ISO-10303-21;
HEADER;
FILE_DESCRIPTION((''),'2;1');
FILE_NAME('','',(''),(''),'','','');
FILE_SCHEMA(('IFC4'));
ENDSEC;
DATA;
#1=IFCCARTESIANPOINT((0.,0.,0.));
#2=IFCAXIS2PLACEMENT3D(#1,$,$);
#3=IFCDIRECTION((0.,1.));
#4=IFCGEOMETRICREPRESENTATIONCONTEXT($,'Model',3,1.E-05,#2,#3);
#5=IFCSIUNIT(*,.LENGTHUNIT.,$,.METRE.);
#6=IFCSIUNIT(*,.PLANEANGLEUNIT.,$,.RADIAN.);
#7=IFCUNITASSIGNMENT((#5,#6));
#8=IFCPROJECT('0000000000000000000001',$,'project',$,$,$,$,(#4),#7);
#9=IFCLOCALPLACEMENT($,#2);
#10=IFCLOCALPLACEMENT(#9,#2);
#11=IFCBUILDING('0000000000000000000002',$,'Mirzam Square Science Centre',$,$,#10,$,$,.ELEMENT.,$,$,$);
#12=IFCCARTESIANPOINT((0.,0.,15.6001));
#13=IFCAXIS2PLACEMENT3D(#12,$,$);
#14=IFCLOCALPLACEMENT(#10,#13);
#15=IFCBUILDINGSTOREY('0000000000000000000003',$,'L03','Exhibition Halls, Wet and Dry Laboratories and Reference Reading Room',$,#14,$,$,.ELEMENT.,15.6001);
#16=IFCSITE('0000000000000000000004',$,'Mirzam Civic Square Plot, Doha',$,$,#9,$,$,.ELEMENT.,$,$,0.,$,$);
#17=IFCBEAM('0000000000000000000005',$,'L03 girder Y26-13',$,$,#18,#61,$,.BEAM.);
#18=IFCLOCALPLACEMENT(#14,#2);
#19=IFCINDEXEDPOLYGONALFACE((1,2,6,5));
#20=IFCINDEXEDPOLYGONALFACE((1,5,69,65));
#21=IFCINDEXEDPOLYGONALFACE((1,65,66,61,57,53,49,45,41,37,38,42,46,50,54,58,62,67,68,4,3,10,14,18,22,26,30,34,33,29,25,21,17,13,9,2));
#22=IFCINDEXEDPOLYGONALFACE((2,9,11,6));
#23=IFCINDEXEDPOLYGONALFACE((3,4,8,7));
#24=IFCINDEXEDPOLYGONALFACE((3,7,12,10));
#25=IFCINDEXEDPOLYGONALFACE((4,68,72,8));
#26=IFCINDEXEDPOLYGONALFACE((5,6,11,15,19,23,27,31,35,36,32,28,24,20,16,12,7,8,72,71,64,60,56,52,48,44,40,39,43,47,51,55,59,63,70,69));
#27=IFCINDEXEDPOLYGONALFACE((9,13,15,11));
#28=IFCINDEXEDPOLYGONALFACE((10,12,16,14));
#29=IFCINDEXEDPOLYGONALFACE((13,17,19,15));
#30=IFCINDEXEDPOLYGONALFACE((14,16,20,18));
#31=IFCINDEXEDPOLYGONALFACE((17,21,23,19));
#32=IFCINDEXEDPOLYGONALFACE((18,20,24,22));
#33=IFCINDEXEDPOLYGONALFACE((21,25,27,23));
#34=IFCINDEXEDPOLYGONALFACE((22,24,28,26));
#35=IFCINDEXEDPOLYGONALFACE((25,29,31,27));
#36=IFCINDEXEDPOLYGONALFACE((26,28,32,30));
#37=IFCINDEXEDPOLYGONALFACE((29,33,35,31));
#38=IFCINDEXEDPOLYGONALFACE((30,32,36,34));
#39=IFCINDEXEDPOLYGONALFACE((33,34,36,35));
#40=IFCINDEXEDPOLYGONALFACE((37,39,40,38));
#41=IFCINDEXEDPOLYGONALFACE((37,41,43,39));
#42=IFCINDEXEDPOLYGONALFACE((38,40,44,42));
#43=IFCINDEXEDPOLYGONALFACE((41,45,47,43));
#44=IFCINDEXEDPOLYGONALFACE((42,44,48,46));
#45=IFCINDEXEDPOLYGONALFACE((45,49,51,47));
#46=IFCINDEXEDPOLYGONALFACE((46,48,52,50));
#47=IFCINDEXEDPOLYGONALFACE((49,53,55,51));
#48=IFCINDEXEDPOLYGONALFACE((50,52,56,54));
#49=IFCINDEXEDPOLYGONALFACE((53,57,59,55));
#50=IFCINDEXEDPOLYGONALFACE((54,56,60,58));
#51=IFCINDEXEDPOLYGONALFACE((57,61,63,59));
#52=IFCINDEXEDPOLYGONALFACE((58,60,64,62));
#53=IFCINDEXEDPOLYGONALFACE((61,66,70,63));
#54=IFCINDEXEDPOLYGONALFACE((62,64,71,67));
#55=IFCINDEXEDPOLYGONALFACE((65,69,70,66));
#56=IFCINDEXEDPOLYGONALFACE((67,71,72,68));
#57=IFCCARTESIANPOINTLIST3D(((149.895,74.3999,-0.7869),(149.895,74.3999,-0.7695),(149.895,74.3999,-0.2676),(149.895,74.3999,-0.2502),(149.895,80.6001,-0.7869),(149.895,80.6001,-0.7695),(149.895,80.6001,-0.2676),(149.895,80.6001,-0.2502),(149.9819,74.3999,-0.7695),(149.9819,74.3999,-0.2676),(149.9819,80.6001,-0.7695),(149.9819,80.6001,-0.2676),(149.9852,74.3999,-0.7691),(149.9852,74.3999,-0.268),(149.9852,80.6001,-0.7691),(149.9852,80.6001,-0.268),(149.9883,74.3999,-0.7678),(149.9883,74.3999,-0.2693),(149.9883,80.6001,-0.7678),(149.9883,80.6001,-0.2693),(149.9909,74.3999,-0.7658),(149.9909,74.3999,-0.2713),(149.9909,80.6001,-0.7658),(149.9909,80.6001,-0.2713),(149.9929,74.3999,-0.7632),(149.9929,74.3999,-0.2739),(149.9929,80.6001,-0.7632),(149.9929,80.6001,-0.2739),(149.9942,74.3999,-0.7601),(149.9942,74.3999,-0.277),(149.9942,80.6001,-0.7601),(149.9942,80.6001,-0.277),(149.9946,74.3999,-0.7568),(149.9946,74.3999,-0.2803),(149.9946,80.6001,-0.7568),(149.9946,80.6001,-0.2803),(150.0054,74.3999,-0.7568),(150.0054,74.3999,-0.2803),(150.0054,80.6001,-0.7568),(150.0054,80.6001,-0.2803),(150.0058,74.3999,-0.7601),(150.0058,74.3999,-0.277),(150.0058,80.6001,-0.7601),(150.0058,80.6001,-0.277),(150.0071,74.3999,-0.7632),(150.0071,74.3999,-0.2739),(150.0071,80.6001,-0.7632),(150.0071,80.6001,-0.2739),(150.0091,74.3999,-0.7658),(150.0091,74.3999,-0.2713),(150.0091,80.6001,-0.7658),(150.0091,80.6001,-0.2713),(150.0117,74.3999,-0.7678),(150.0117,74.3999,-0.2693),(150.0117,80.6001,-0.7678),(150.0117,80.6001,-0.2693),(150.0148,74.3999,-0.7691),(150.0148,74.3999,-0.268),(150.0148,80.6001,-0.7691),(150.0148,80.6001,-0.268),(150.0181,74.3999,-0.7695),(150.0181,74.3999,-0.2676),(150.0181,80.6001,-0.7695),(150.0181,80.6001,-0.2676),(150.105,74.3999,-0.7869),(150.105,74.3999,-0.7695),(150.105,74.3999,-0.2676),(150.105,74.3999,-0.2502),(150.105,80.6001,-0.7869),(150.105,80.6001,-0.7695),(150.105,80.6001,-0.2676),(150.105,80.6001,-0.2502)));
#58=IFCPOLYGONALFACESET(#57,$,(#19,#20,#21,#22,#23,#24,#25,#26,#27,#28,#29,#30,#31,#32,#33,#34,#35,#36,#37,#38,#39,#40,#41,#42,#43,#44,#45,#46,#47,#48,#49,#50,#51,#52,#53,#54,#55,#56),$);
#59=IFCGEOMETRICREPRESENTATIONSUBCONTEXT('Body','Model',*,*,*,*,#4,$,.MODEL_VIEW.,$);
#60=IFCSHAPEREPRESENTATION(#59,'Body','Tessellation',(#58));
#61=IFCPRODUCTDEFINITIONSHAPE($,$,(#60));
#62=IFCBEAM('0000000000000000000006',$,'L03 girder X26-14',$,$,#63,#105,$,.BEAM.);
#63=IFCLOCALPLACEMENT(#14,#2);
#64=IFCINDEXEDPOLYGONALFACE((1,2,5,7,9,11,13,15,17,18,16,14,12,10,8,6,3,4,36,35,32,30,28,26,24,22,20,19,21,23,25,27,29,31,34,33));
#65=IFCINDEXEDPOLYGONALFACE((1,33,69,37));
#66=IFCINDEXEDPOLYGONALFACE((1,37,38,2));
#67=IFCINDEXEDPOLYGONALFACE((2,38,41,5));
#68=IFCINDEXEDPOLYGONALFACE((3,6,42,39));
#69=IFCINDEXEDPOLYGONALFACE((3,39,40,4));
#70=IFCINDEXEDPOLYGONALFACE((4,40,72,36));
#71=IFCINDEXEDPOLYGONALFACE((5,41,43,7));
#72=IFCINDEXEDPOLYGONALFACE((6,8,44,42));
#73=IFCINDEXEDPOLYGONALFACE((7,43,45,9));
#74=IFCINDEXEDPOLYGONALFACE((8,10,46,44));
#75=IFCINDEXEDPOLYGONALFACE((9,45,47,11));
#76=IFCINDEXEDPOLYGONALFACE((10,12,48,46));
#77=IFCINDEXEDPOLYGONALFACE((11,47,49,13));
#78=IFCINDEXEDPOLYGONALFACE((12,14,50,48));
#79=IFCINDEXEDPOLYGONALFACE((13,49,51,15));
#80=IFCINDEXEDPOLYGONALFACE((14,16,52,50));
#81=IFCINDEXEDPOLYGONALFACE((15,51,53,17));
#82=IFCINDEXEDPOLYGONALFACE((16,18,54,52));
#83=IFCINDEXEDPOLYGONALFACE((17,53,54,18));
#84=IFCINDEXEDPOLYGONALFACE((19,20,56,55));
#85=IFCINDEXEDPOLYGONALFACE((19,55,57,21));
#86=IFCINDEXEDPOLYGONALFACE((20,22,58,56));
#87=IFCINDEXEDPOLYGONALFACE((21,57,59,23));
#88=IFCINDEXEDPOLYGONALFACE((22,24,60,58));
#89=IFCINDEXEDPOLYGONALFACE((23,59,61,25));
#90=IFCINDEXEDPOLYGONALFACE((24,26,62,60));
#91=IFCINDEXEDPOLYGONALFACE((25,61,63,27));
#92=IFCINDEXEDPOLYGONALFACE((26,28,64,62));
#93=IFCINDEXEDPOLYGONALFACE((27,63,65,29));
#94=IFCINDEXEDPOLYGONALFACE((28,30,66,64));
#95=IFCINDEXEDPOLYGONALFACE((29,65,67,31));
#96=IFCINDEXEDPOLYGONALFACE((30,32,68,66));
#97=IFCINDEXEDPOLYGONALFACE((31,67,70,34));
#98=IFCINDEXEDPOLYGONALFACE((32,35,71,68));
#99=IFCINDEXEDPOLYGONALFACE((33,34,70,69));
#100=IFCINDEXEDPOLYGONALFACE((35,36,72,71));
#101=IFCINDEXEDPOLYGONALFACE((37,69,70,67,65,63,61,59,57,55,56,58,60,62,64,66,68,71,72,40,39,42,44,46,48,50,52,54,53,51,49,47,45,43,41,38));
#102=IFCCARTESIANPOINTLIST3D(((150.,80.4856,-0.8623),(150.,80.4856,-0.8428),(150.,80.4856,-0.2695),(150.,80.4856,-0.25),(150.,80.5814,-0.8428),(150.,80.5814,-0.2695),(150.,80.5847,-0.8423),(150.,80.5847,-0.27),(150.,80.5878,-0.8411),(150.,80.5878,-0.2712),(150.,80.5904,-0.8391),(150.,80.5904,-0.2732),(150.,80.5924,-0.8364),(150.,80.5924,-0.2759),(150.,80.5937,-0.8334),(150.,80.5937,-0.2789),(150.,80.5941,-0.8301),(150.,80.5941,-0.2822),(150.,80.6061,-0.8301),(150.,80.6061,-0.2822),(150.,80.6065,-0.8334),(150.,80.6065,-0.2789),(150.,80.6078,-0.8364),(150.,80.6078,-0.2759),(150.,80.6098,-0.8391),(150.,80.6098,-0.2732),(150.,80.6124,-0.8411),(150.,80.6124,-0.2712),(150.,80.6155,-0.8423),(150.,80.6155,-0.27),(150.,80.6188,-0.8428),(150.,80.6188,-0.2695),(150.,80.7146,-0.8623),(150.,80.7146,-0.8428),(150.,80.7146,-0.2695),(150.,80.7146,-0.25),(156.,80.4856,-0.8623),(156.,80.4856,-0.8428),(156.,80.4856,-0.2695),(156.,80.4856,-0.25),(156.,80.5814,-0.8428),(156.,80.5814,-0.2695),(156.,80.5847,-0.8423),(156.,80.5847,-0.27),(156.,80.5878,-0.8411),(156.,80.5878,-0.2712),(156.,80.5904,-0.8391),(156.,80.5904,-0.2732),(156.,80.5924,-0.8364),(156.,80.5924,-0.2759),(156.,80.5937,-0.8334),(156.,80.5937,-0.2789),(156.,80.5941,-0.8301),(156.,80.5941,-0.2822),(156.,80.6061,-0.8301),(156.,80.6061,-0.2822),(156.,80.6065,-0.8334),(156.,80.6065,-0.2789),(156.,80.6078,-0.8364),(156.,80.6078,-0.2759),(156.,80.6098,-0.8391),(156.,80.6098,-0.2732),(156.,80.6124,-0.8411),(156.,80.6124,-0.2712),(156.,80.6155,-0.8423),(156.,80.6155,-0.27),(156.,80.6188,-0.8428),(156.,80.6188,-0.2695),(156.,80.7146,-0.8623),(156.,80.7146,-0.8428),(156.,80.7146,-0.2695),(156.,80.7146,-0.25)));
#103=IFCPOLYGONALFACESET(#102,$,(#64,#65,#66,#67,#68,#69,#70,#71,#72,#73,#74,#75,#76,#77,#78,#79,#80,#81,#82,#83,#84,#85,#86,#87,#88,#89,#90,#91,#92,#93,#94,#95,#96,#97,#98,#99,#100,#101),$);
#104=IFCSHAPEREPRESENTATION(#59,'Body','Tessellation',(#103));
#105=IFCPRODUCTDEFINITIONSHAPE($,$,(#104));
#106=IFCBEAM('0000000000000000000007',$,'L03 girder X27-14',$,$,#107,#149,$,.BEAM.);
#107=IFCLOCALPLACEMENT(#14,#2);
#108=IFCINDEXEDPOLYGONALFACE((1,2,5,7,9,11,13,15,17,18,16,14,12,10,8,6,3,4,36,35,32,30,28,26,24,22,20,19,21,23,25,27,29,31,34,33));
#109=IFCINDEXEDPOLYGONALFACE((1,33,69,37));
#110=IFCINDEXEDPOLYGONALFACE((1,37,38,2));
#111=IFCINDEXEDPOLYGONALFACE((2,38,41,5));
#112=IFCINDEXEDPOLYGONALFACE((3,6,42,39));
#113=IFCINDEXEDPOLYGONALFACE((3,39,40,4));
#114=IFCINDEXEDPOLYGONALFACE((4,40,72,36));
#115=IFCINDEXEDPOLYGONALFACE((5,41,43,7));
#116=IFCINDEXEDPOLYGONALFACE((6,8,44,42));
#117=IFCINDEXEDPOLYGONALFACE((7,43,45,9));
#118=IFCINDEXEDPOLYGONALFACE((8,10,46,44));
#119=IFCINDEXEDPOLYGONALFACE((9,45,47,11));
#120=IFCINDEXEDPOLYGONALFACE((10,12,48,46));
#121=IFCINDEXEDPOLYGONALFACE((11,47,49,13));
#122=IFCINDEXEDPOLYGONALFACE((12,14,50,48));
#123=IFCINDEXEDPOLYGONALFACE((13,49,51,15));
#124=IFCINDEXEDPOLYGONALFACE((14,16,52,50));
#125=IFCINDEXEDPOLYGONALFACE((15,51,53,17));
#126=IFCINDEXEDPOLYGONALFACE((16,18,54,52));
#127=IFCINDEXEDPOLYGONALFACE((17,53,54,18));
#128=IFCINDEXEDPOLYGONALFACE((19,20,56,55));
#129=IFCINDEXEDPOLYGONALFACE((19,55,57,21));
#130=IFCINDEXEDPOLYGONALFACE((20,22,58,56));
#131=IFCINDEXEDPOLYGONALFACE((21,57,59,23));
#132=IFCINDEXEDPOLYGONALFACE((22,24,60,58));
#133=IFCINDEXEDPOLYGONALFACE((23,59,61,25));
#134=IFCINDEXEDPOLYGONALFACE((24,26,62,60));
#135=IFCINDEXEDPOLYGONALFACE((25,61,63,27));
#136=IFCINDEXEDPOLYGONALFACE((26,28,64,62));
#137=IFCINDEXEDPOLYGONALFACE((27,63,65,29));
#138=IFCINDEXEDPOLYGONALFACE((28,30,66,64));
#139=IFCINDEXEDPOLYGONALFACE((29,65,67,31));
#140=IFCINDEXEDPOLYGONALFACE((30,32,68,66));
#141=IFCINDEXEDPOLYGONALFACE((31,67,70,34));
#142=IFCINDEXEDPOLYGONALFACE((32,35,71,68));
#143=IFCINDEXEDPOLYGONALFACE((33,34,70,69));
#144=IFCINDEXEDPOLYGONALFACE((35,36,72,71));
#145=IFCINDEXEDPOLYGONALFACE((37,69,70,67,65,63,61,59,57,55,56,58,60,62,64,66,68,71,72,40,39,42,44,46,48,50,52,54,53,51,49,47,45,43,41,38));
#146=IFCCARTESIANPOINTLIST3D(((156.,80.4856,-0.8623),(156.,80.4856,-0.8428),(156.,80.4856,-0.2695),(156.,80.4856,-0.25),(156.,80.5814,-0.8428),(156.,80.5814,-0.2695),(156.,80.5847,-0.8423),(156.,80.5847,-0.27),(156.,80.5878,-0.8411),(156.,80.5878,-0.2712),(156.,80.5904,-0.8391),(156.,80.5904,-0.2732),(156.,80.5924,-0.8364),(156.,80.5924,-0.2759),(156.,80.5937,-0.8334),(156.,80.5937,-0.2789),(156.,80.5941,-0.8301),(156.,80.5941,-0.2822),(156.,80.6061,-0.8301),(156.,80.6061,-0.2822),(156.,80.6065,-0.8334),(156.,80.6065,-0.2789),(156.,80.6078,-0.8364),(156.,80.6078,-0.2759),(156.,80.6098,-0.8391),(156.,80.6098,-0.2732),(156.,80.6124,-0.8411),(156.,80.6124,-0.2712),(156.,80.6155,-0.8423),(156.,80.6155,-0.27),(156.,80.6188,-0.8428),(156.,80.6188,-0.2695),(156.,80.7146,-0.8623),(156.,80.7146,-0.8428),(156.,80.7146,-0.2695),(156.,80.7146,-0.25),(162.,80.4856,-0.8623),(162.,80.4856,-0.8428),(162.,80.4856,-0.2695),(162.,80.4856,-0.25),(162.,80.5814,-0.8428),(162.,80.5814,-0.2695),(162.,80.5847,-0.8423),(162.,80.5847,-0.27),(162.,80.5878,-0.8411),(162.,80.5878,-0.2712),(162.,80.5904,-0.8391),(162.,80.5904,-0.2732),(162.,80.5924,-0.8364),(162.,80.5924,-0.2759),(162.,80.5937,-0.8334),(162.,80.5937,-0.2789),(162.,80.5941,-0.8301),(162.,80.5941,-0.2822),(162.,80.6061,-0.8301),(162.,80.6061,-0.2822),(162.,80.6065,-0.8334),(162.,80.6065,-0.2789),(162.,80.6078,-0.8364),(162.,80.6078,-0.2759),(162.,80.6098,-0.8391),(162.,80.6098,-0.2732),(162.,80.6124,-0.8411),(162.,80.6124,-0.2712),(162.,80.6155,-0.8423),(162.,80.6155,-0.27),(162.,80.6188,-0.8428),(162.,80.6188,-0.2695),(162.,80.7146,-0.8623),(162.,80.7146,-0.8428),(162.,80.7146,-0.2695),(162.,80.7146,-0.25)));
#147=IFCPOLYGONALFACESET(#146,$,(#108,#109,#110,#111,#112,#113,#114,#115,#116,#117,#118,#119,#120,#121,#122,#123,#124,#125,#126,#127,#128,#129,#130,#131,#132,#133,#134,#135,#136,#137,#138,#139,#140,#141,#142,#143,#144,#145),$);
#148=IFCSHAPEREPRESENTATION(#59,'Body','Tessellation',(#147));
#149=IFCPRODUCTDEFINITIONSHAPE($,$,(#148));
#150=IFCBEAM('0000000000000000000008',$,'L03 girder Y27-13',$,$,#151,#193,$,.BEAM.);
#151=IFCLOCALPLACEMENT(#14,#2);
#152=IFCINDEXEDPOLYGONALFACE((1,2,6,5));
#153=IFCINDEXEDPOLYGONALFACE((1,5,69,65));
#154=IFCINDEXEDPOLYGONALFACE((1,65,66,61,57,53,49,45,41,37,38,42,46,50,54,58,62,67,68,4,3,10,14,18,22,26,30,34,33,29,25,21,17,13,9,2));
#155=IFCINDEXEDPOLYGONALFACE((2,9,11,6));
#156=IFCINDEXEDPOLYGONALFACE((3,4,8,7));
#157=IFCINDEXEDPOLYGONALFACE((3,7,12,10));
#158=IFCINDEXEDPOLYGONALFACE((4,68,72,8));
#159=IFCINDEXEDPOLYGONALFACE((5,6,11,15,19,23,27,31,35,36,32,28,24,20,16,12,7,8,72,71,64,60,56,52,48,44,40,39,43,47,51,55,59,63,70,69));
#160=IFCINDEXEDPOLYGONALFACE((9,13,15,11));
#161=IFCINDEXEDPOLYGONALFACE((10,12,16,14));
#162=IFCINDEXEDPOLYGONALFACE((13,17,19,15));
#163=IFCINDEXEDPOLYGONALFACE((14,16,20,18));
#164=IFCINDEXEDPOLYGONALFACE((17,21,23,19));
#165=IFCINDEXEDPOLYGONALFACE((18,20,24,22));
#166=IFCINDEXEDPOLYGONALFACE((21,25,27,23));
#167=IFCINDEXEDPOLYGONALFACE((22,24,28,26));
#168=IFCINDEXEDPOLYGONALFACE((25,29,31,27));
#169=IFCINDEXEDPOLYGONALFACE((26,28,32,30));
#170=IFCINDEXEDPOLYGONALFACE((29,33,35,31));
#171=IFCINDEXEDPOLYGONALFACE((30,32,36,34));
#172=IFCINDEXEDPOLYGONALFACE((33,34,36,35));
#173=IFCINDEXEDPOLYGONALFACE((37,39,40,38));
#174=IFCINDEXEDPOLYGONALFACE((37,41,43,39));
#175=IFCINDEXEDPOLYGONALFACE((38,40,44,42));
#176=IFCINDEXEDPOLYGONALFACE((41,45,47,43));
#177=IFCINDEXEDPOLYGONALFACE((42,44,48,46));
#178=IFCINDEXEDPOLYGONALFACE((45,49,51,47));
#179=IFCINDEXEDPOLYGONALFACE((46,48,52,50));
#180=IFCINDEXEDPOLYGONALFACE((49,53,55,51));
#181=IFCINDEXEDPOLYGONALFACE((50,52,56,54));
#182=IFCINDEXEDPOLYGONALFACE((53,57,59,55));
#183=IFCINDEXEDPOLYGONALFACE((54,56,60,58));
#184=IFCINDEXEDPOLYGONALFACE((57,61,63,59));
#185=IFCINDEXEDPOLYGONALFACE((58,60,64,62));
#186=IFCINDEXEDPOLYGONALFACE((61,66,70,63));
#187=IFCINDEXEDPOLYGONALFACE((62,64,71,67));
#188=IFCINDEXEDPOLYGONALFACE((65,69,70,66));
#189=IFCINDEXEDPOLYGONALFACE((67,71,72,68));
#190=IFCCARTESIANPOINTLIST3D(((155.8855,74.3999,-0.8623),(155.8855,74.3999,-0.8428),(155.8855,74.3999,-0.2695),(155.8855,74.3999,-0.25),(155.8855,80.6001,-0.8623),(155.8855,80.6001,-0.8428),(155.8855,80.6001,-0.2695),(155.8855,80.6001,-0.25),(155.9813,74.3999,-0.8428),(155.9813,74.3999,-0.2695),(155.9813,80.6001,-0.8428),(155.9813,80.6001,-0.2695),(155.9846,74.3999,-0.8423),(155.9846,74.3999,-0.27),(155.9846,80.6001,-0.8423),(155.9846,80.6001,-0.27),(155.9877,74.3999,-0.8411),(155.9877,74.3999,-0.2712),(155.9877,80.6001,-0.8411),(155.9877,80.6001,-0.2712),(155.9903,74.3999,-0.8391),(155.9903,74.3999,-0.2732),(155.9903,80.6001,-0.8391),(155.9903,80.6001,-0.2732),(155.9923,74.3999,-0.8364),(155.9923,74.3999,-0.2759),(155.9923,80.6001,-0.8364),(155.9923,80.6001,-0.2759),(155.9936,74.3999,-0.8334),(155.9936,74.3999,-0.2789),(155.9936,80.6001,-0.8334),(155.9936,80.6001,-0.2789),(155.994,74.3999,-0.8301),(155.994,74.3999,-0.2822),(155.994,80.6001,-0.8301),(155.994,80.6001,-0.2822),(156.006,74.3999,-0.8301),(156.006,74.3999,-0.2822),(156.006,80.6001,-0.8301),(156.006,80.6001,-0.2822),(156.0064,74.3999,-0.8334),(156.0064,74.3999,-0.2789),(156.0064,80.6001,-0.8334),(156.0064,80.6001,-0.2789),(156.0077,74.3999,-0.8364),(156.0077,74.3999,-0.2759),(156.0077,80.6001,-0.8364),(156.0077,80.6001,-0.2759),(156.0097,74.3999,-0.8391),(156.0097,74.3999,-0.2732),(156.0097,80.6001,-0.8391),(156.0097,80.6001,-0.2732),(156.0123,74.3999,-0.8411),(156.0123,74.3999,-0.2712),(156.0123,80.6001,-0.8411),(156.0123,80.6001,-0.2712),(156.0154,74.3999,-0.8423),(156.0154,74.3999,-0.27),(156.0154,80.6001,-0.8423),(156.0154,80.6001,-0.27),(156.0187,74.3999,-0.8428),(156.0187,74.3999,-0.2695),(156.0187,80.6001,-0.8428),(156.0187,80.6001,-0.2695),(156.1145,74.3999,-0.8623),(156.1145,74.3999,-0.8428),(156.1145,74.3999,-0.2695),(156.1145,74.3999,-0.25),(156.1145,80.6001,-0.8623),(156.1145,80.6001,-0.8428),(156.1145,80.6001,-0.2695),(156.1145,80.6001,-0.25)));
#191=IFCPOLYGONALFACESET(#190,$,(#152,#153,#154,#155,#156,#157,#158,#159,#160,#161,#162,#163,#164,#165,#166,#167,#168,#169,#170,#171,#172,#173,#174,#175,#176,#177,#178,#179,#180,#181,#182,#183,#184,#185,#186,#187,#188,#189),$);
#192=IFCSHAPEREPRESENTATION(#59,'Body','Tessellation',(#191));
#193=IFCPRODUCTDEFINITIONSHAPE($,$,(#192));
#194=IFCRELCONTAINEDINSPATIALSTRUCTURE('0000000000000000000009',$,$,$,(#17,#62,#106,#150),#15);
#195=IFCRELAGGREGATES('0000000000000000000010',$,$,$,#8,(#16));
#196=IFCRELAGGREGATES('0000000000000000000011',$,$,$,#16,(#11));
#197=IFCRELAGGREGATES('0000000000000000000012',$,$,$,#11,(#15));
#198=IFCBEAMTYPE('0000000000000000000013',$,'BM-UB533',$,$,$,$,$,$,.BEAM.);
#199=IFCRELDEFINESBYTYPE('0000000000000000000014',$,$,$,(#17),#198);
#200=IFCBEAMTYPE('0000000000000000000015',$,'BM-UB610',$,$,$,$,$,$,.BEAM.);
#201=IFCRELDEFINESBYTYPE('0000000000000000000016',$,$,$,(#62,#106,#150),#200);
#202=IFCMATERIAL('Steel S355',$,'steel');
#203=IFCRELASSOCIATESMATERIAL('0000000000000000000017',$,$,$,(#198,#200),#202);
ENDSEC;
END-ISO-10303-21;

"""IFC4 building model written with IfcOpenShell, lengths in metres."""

from ifc_helpers import new_model, si_unit, direction, frame, origin, origin_2d, place, context, subcontext, project, spatial, i_section, extrude, material, material_profile, profile_set, type_object, element, save


model = new_model("IFC4")

# Units and contexts
model_context = context("Model", 3, precision=1e-05, world=origin(), true_north=direction((0.0, 1.0)))
body_context = subcontext(model_context, "Body", "Model", "MODEL_VIEW")
ifc_project = project(units=[si_unit("LENGTHUNIT", "METRE"), si_unit("PLANEANGLEUNIT", "RADIAN")], contexts=[model_context])

# Site, building, storey
site_placement = place(None, origin())
site = spatial("IfcSite", under=ifc_project, at=site_placement, Name="Mirzam Civic Square Plot, Doha", CompositionType="ELEMENT", RefElevation=0.0)
building_placement = place(site_placement, origin())
building = spatial("IfcBuilding", under=site, at=building_placement, Name="Mirzam Square Science Centre", CompositionType="ELEMENT")
storey_placement = place(building_placement, frame((0.0, 0.0, 15.6001)))
storey = spatial("IfcBuildingStorey", under=building, at=storey_placement, Name="L03", Description="Exhibition Halls, Wet and Dry Laboratories and Reference Reading Room", CompositionType="ELEMENT", Elevation=15.6001)

# Shared definitions
ifc_material_1 = material(Name="Steel S355", Category="steel")

# Beams
ifc_material_profile_1 = material_profile(ifc_material_1, i_section(OverallWidth=0.21, OverallDepth=0.5366, WebThickness=0.0107, FlangeThickness=0.0173, FilletRadius=0.0127, at=origin_2d()), Name="533x210x101UB")
ifc_profile_set_1 = profile_set([ifc_material_profile_1], Name="Steel S355")
beam_type_1 = type_object("IfcBeamType", Name="BM-UB533", PredefinedType="BEAM", material=ifc_profile_set_1)
beam_1_placement = place(storey_placement, frame((150.0, 74.3999, -0.5186), z_axis=(0.0, 1.0, 0.0), x_axis=(-1.0, 0.0, 0.0)))
element("IfcBeam", 1, at=beam_1_placement, inside=storey, type_object=beam_type_1, Name="L03 girder Y26-13", PredefinedType="BEAM", context=body_context, shape_type="SweptSolid", body=[
    extrude(i_section(OverallWidth=0.21, OverallDepth=0.5366, WebThickness=0.0107, FlangeThickness=0.0173, FilletRadius=0.0127, at=origin_2d()), origin(), (0.0, 0.0, 1.0), 6.2002),
])
ifc_material_profile_2 = material_profile(ifc_material_1, i_section(OverallWidth=0.229, OverallDepth=0.6123, WebThickness=0.012, FlangeThickness=0.0195, FilletRadius=0.0127, at=origin_2d()), Name="610x229x125UB")
ifc_profile_set_2 = profile_set([ifc_material_profile_2], Name="Steel S355")
beam_type_2 = type_object("IfcBeamType", Name="BM-UB610", PredefinedType="BEAM", material=ifc_profile_set_2)
for number, where, z_axis, x_axis, name in (
    (2, (150.0, 80.6001, -0.5562), (1.0, 0.0, 0.0), (0.0, 1.0, 0.0), "L03 girder X26-14"),
    (3, (156.0, 80.6001, -0.5562), (1.0, 0.0, 0.0), (0.0, 1.0, 0.0), "L03 girder X27-14"),
):
    element("IfcBeam", number, at=place(storey_placement, frame(where, z_axis=z_axis, x_axis=x_axis)), inside=storey, type_object=beam_type_2, Name=name, PredefinedType="BEAM", context=body_context, shape_type="SweptSolid", body=[
        extrude(i_section(OverallWidth=0.229, OverallDepth=0.6123, WebThickness=0.012, FlangeThickness=0.0195, FilletRadius=0.0127, at=origin_2d()), origin(), (0.0, 0.0, 1.0), 6.0),
    ])
beam_2_placement = place(storey_placement, frame((156.0, 74.3999, -0.5562), z_axis=(0.0, 1.0, 0.0), x_axis=(-1.0, 0.0, 0.0)))
element("IfcBeam", 4, at=beam_2_placement, inside=storey, type_object=beam_type_2, Name="L03 girder Y27-13", PredefinedType="BEAM", context=body_context, shape_type="SweptSolid", body=[
    extrude(i_section(OverallWidth=0.229, OverallDepth=0.6123, WebThickness=0.012, FlangeThickness=0.0195, FilletRadius=0.0127, at=origin_2d()), origin(), (0.0, 0.0, 1.0), 6.2002),
])

save(model, "model.ifc")
